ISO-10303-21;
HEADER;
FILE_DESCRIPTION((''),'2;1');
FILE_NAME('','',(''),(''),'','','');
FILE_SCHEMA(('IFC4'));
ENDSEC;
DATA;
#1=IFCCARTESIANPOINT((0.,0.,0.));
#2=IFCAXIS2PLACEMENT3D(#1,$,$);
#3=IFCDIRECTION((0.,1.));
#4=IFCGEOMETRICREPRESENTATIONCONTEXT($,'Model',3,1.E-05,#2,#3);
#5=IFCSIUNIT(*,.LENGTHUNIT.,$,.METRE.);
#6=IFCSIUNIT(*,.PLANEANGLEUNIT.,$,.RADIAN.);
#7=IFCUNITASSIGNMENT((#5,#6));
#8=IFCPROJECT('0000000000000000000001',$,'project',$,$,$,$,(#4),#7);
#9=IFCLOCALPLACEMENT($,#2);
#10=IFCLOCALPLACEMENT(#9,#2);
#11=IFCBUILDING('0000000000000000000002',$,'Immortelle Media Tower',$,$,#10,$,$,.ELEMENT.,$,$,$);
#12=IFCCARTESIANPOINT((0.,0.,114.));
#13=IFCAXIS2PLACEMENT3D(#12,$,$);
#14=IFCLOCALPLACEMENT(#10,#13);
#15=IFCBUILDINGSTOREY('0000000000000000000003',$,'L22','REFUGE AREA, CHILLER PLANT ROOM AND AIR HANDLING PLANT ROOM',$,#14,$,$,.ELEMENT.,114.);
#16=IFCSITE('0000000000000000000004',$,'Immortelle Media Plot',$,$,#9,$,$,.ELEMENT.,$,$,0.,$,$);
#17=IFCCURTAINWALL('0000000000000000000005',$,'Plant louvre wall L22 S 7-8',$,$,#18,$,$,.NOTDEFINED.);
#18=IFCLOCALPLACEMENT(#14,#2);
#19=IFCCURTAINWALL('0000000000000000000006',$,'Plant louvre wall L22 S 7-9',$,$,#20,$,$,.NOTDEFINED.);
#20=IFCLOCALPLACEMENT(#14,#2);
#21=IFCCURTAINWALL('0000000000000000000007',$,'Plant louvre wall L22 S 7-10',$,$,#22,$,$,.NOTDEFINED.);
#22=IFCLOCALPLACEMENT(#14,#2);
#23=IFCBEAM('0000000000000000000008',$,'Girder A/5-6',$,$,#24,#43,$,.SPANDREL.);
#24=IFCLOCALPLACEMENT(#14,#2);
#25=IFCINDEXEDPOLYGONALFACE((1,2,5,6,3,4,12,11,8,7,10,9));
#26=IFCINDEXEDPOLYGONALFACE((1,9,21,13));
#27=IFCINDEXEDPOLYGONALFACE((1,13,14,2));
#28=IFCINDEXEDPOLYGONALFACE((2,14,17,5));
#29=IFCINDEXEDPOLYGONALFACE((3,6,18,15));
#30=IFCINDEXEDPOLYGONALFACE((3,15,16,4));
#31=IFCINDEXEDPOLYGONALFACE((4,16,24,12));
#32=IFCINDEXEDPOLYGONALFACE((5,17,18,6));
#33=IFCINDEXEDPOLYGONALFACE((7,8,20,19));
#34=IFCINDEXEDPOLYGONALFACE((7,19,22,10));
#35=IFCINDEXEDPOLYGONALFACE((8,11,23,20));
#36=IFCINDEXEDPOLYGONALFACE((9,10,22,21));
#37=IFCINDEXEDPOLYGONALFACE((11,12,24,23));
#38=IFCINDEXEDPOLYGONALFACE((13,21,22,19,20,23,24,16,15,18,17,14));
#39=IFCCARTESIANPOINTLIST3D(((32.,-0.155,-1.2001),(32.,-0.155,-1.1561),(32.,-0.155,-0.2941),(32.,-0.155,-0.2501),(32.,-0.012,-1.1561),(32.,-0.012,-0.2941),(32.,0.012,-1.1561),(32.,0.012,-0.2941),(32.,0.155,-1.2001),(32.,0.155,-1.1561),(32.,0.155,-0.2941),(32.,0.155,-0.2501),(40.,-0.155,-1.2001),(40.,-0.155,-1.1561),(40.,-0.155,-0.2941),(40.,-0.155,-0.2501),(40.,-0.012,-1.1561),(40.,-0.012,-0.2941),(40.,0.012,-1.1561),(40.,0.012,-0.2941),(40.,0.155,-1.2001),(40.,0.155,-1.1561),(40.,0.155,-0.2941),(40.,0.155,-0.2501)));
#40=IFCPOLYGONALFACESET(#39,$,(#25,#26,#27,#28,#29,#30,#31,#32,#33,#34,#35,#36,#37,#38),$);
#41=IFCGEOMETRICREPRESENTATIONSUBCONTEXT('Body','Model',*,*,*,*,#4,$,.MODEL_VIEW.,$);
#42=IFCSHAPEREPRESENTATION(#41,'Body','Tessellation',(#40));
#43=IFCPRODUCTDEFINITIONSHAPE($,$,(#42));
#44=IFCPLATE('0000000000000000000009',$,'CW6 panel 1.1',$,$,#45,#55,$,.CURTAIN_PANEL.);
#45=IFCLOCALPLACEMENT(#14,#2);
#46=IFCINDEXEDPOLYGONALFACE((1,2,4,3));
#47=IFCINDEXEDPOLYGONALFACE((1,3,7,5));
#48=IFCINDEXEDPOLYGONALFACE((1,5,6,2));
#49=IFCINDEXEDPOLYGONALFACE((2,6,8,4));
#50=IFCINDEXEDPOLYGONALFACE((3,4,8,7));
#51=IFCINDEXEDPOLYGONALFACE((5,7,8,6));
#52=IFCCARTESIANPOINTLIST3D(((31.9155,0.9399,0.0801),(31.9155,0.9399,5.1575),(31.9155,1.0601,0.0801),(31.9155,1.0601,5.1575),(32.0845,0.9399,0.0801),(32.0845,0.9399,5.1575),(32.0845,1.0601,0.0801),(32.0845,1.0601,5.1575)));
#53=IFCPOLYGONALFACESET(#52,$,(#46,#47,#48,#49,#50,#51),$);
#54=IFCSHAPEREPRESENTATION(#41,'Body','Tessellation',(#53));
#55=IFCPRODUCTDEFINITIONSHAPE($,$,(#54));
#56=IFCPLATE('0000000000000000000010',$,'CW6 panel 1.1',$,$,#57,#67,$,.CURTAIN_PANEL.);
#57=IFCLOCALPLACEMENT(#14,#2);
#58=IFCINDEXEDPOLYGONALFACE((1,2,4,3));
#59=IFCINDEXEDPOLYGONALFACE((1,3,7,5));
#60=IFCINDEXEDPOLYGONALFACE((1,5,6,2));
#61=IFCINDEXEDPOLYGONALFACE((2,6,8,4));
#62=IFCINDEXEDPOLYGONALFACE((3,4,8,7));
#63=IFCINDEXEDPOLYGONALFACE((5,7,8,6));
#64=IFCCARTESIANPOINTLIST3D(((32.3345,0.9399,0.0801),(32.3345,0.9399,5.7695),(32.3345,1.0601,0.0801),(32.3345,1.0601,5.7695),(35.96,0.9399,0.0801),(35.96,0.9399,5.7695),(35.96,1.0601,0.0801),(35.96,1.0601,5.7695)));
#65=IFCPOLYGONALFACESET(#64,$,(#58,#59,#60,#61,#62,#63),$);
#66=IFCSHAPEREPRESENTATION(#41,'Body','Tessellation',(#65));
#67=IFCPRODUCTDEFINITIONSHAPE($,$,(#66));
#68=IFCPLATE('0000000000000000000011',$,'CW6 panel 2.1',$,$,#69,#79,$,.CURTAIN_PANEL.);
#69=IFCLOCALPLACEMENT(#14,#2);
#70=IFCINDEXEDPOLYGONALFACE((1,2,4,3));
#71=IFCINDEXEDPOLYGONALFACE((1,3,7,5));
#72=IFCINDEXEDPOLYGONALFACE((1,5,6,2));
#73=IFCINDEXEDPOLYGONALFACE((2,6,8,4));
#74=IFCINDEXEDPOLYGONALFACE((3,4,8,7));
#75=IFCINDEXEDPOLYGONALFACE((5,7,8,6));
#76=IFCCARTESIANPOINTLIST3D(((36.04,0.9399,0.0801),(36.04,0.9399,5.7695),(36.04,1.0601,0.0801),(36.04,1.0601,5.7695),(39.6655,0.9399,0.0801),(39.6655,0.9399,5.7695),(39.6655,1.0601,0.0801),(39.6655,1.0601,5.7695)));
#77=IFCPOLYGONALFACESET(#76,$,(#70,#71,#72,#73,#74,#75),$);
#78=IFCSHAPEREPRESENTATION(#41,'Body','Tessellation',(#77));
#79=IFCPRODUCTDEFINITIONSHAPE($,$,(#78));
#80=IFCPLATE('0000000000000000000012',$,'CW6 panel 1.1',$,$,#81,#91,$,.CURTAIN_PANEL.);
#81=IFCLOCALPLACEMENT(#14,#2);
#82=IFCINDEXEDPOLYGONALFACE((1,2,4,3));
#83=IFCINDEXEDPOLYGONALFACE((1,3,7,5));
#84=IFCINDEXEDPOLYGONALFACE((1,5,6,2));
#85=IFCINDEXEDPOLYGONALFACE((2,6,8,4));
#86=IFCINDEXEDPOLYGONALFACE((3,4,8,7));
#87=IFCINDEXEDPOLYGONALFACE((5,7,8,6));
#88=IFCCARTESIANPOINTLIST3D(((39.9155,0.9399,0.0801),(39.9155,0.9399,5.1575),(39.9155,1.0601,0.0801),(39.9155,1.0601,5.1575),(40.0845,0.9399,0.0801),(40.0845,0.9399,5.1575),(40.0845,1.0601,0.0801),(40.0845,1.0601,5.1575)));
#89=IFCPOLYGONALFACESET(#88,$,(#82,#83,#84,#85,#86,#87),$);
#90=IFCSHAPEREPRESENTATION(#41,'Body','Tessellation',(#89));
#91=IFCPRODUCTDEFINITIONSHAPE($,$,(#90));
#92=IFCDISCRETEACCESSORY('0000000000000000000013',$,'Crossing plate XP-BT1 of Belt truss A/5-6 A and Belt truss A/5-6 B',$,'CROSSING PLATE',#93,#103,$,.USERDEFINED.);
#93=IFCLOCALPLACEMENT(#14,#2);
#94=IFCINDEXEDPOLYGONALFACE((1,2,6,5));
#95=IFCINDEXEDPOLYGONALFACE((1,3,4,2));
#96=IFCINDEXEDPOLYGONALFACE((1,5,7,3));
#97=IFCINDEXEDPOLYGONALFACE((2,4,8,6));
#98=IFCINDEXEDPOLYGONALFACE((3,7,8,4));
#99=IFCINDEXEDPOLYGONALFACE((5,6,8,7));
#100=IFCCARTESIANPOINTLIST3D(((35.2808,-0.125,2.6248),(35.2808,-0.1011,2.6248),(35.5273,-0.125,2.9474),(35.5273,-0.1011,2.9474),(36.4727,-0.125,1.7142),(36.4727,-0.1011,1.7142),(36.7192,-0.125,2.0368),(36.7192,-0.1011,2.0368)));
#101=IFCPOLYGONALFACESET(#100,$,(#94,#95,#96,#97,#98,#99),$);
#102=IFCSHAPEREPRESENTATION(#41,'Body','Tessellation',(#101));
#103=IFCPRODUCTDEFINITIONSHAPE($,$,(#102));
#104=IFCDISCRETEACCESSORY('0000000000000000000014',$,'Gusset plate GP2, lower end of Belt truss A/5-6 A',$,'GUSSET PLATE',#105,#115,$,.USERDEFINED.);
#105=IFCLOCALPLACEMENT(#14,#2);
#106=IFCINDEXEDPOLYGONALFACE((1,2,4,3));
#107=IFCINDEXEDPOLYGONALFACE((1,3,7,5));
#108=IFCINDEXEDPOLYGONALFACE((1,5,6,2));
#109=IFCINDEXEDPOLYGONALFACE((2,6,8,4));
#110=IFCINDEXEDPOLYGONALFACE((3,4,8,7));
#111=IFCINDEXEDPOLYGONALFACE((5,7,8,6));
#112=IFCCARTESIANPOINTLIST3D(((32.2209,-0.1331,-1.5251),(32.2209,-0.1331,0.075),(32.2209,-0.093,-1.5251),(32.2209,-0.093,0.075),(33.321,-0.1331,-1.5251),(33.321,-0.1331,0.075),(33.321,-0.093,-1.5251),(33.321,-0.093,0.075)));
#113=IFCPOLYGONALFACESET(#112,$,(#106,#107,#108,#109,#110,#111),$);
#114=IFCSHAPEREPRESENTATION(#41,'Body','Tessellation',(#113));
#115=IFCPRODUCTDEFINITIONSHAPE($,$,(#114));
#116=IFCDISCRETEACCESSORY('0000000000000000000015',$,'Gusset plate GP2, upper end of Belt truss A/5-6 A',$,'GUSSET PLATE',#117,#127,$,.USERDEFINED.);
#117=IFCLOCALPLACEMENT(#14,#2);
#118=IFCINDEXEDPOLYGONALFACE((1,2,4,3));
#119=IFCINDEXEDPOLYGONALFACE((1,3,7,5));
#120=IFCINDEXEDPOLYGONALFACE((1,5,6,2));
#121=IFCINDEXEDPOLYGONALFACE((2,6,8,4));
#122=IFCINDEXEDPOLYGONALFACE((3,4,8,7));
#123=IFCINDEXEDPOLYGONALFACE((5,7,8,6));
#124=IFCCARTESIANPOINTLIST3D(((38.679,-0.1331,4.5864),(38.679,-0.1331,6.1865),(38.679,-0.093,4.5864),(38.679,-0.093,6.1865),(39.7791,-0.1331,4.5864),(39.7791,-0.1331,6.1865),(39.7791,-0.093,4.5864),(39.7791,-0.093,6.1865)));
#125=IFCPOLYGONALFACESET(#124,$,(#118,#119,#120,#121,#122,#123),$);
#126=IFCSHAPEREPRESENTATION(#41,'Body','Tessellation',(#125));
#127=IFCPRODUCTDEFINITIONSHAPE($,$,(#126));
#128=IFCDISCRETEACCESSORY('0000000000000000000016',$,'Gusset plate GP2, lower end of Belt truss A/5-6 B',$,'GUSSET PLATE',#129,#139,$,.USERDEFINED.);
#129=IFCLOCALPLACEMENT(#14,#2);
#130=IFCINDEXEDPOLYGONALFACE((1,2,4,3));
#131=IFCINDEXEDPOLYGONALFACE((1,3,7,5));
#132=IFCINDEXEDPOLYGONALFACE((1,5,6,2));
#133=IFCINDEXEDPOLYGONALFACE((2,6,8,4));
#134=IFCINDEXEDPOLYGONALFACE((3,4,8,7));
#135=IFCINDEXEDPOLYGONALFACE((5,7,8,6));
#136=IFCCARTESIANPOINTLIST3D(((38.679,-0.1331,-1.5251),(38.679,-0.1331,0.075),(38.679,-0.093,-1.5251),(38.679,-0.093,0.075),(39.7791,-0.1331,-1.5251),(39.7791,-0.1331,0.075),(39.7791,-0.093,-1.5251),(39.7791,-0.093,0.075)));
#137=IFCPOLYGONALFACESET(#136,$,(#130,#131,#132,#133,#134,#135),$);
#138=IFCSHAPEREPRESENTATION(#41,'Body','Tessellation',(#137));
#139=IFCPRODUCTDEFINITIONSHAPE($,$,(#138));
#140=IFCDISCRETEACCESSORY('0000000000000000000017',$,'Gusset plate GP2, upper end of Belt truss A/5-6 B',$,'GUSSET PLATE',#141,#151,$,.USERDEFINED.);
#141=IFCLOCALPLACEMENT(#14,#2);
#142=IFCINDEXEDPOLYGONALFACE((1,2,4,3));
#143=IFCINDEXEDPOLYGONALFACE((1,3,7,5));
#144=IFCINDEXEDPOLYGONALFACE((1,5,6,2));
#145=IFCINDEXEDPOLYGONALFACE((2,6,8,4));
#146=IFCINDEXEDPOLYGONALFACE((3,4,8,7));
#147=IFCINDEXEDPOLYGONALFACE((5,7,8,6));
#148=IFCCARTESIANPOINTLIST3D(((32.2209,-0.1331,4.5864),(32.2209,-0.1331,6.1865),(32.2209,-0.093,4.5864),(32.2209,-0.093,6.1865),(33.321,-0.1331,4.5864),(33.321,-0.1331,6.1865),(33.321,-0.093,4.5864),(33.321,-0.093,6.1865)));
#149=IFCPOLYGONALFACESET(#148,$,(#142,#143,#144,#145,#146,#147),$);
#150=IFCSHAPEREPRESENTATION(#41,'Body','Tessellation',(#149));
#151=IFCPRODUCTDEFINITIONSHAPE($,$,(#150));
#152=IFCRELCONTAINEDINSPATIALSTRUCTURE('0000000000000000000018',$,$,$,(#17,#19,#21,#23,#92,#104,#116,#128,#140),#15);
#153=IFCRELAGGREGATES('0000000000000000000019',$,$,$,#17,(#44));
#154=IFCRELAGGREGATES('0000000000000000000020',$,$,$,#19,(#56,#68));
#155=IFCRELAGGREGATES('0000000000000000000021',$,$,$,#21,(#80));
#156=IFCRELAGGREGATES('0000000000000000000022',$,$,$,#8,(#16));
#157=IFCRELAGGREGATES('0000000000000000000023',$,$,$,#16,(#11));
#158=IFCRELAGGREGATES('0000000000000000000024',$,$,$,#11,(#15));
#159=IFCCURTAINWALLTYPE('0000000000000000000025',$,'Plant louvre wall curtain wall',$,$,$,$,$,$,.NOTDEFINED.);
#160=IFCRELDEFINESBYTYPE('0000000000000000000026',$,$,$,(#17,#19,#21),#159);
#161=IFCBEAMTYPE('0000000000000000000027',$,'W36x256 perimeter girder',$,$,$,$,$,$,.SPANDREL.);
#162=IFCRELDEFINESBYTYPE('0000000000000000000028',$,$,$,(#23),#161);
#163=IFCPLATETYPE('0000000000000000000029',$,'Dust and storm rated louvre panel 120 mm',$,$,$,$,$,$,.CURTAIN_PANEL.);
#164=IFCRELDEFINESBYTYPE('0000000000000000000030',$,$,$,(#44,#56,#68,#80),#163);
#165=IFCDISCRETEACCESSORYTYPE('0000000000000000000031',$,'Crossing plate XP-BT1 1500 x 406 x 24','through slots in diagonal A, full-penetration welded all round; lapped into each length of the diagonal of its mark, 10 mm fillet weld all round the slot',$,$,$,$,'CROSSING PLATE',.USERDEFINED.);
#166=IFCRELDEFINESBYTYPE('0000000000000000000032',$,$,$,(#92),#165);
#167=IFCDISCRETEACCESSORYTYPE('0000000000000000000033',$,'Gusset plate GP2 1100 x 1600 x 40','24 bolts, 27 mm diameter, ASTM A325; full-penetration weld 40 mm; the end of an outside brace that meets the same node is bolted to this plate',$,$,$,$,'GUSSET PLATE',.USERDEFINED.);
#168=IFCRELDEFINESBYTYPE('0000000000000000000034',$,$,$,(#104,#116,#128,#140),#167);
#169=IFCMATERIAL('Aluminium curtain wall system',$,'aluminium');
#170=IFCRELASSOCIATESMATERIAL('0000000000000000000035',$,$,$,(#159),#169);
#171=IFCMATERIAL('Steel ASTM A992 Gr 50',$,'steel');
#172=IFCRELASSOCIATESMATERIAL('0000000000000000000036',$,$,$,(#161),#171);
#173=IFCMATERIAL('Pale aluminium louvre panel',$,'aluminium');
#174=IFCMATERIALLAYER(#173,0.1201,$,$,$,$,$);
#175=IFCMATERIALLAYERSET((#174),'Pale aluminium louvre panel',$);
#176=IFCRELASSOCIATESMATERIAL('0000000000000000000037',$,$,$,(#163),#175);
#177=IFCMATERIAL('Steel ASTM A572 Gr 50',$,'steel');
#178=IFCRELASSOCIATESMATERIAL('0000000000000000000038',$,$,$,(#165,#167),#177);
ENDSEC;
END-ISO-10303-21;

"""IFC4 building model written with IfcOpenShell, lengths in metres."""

from ifc_helpers import new_model, si_unit, direction, frame, origin, origin_2d, place, context, subcontext, project, spatial, rectangle, i_section, extrude, material, layer, layer_set, material_profile, profile_set, type_object, element, aggregate, save


model = new_model("IFC4")

# Units and contexts
model_context = context("Model", 3, precision=1e-05, world=origin(), true_north=direction((0.0, 1.0)))
body_context = subcontext(model_context, "Body", "Model", "MODEL_VIEW")
ifc_project = project(units=[si_unit("LENGTHUNIT", "METRE"), si_unit("PLANEANGLEUNIT", "RADIAN")], contexts=[model_context])

# Site, building, storey
site_placement = place(None, origin())
site = spatial("IfcSite", under=ifc_project, at=site_placement, Name="Immortelle Media Plot", CompositionType="ELEMENT", RefElevation=0.0)
building_placement = place(site_placement, origin())
building = spatial("IfcBuilding", under=site, at=building_placement, Name="Immortelle Media Tower", CompositionType="ELEMENT")
storey_placement = place(building_placement, frame((0.0, 0.0, 114.0)))
storey = spatial("IfcBuildingStorey", under=building, at=storey_placement, Name="L22", Description="REFUGE AREA, CHILLER PLANT ROOM AND AIR HANDLING PLANT ROOM", CompositionType="ELEMENT", Elevation=114.0)

# Shared definitions
ifc_material_1 = material(Name="Steel ASTM A992 Gr 50", Category="steel")

# Curtain wall
ifc_material_2 = material(Name="Aluminium curtain wall system", Category="aluminium")
curtain_wall_type = type_object("IfcCurtainWallType", Name="Plant louvre wall curtain wall", PredefinedType="NOTDEFINED", material=ifc_material_2)
curtain_wall_1_placement = place(storey_placement, origin())
curtain_wall_1 = element("IfcCurtainWall", 1, at=curtain_wall_1_placement, inside=storey, type_object=curtain_wall_type, Name="Plant louvre wall L22 S 7-8", PredefinedType="NOTDEFINED")

# Curtain wall
curtain_wall_2_placement = place(storey_placement, origin())
curtain_wall_2 = element("IfcCurtainWall", 2, at=curtain_wall_2_placement, inside=storey, type_object=curtain_wall_type, Name="Plant louvre wall L22 S 7-9", PredefinedType="NOTDEFINED")

# Curtain wall
curtain_wall_3_placement = place(storey_placement, origin())
curtain_wall_3 = element("IfcCurtainWall", 3, at=curtain_wall_3_placement, inside=storey, type_object=curtain_wall_type, Name="Plant louvre wall L22 S 7-10", PredefinedType="NOTDEFINED")

# Beam
ifc_material_profile_1 = material_profile(ifc_material_1, i_section(OverallWidth=0.3101, OverallDepth=0.95, WebThickness=0.0239, FlangeThickness=0.0439, at=origin_2d()), Name="W36x256")
ifc_profile_set_1 = profile_set([ifc_material_profile_1], Name="Steel ASTM A992 Gr 50")
beam_type_1 = type_object("IfcBeamType", Name="W36x256 perimeter girder", PredefinedType="SPANDREL", material=ifc_profile_set_1)
beam_1_placement = place(storey_placement, frame((32.0, 0.0, -0.7251), z_axis=(1.0, 0.0, 0.0), x_axis=(0.0, 1.0, 0.0)))
element("IfcBeam", 4, at=beam_1_placement, inside=storey, type_object=beam_type_1, Name="Girder A/5-6", PredefinedType="SPANDREL", context=body_context, shape_type="SweptSolid", body=[
    extrude(i_section(OverallWidth=0.3101, OverallDepth=0.95, WebThickness=0.0239, FlangeThickness=0.0439, at=origin_2d()), origin(), (0.0, 0.0, 1.0), 8.0),
])

# Plates
ifc_material_3 = material(Name="Pale aluminium louvre panel", Category="aluminium")
ifc_layer = layer(ifc_material_3, 0.1201)
ifc_layer_set = layer_set([ifc_layer], Name="Pale aluminium louvre panel")
plate_type = type_object("IfcPlateType", Name="Dust and storm rated louvre panel 120 mm", PredefinedType="CURTAIN_PANEL", material=ifc_layer_set)
plate_1_placement = place(storey_placement, frame((32.0, 1.0, 0.0801), z_axis=(0.0, 0.0, 1.0), x_axis=(1.0, 0.0, 0.0)))
plate_1 = element("IfcPlate", 5, at=plate_1_placement, type_object=plate_type, Name="CW6 panel 1.1", PredefinedType="CURTAIN_PANEL", context=body_context, shape_type="SweptSolid", body=[
    extrude(rectangle(XDim=0.1689, YDim=0.1201, at=origin_2d()), origin(), (0.0, 0.0, 1.0), 5.0774),
])
aggregate(curtain_wall_1, [plate_1])
plate_2_placement = place(storey_placement, frame((34.1472, 1.0, 0.0801), z_axis=(0.0, 0.0, 1.0), x_axis=(1.0, 0.0, 0.0)))
plate_2 = element("IfcPlate", 6, at=plate_2_placement, type_object=plate_type, Name="CW6 panel 1.1", PredefinedType="CURTAIN_PANEL", context=body_context, shape_type="SweptSolid", body=[
    extrude(rectangle(XDim=3.6255, YDim=0.1201, at=origin_2d()), origin(), (0.0, 0.0, 1.0), 5.6895),
])
plate_3_placement = place(storey_placement, frame((37.8528, 1.0, 0.0801), z_axis=(0.0, 0.0, 1.0), x_axis=(1.0, 0.0, 0.0)))
plate_3 = element("IfcPlate", 7, at=plate_3_placement, type_object=plate_type, Name="CW6 panel 2.1", PredefinedType="CURTAIN_PANEL", context=body_context, shape_type="SweptSolid", body=[
    extrude(rectangle(XDim=3.6255, YDim=0.1201, at=origin_2d()), origin(), (0.0, 0.0, 1.0), 5.6895),
])
aggregate(curtain_wall_2, [plate_2, plate_3])
plate_4_placement = place(storey_placement, frame((40.0, 1.0, 0.0801), z_axis=(0.0, 0.0, 1.0), x_axis=(1.0, 0.0, 0.0)))
plate_4 = element("IfcPlate", 8, at=plate_4_placement, type_object=plate_type, Name="CW6 panel 1.1", PredefinedType="CURTAIN_PANEL", context=body_context, shape_type="SweptSolid", body=[
    extrude(rectangle(XDim=0.1689, YDim=0.1201, at=origin_2d()), origin(), (0.0, 0.0, 1.0), 5.0774),
])
aggregate(curtain_wall_3, [plate_4])

# Discrete accessories
ifc_material_4 = material(Name="Steel ASTM A572 Gr 50", Category="steel")
ifc_material_profile_2 = material_profile(ifc_material_4, rectangle(XDim=0.0239, YDim=0.406, at=origin_2d()), Name="PL 24 x 406")
ifc_profile_set_2 = profile_set([ifc_material_profile_2], Name="Steel ASTM A572 Gr 50")
discrete_accessory_type_1 = type_object("IfcDiscreteAccessoryType", Name="Crossing plate XP-BT1 1500 x 406 x 24", Description="through slots in diagonal A, full-penetration welded all round; lapped into each length of the diagonal of its mark, 10 mm fillet weld all round the slot", ElementType="CROSSING PLATE", PredefinedType="USERDEFINED", material=ifc_profile_set_2)
discrete_accessory_placement = place(storey_placement, frame((35.4041, -0.113, 2.7861), z_axis=(0.794616, 0.0, -0.607112), x_axis=(0.0, 1.0, 0.0)))
element("IfcDiscreteAccessory", 9, at=discrete_accessory_placement, inside=storey, type_object=discrete_accessory_type_1, Name="Crossing plate XP-BT1 of Belt truss A/5-6 A and Belt truss A/5-6 B", ObjectType="CROSSING PLATE", PredefinedType="USERDEFINED", context=body_context, shape_type="SweptSolid", body=[
    extrude(rectangle(XDim=0.0239, YDim=0.406, at=origin_2d()), origin(), (0.0, 0.0, 1.0), 1.5),
])
ifc_material_profile_3 = material_profile(ifc_material_4, rectangle(XDim=0.04, YDim=1.6001, at=origin_2d()), Name="PL 40 x 1600")
ifc_profile_set_3 = profile_set([ifc_material_profile_3], Name="Steel ASTM A572 Gr 50")
discrete_accessory_type_2 = type_object("IfcDiscreteAccessoryType", Name="Gusset plate GP2 1100 x 1600 x 40", Description="24 bolts, 27 mm diameter, ASTM A325; full-penetration weld 40 mm; the end of an outside brace that meets the same node is bolted to this plate", ElementType="GUSSET PLATE", PredefinedType="USERDEFINED", material=ifc_profile_set_3)
for number, where, z_axis, x_axis, name in (
    (10, (32.2209, -0.113, -0.7251), (1.0, 0.0, 0.0), (0.0, 1.0, 0.0), "Gusset plate GP2, lower end of Belt truss A/5-6 A"),
    (11, (39.7791, -0.113, 5.3865), (-1.0, 0.0, 0.0), (0.0, -1.0, 0.0), "Gusset plate GP2, upper end of Belt truss A/5-6 A"),
    (12, (39.7791, -0.113, -0.7251), (-1.0, 0.0, 0.0), (0.0, -1.0, 0.0), "Gusset plate GP2, lower end of Belt truss A/5-6 B"),
    (13, (32.2209, -0.113, 5.3865), (1.0, 0.0, 0.0), (0.0, 1.0, 0.0), "Gusset plate GP2, upper end of Belt truss A/5-6 B"),
):
    element("IfcDiscreteAccessory", number, at=place(storey_placement, frame(where, z_axis=z_axis, x_axis=x_axis)), inside=storey, type_object=discrete_accessory_type_2, Name=name, ObjectType="GUSSET PLATE", PredefinedType="USERDEFINED", context=body_context, shape_type="SweptSolid", body=[
        extrude(rectangle(XDim=0.04, YDim=1.6001, at=origin_2d()), origin(), (0.0, 0.0, 1.0), 1.1001),
    ])

save(model, "model.ifc")
